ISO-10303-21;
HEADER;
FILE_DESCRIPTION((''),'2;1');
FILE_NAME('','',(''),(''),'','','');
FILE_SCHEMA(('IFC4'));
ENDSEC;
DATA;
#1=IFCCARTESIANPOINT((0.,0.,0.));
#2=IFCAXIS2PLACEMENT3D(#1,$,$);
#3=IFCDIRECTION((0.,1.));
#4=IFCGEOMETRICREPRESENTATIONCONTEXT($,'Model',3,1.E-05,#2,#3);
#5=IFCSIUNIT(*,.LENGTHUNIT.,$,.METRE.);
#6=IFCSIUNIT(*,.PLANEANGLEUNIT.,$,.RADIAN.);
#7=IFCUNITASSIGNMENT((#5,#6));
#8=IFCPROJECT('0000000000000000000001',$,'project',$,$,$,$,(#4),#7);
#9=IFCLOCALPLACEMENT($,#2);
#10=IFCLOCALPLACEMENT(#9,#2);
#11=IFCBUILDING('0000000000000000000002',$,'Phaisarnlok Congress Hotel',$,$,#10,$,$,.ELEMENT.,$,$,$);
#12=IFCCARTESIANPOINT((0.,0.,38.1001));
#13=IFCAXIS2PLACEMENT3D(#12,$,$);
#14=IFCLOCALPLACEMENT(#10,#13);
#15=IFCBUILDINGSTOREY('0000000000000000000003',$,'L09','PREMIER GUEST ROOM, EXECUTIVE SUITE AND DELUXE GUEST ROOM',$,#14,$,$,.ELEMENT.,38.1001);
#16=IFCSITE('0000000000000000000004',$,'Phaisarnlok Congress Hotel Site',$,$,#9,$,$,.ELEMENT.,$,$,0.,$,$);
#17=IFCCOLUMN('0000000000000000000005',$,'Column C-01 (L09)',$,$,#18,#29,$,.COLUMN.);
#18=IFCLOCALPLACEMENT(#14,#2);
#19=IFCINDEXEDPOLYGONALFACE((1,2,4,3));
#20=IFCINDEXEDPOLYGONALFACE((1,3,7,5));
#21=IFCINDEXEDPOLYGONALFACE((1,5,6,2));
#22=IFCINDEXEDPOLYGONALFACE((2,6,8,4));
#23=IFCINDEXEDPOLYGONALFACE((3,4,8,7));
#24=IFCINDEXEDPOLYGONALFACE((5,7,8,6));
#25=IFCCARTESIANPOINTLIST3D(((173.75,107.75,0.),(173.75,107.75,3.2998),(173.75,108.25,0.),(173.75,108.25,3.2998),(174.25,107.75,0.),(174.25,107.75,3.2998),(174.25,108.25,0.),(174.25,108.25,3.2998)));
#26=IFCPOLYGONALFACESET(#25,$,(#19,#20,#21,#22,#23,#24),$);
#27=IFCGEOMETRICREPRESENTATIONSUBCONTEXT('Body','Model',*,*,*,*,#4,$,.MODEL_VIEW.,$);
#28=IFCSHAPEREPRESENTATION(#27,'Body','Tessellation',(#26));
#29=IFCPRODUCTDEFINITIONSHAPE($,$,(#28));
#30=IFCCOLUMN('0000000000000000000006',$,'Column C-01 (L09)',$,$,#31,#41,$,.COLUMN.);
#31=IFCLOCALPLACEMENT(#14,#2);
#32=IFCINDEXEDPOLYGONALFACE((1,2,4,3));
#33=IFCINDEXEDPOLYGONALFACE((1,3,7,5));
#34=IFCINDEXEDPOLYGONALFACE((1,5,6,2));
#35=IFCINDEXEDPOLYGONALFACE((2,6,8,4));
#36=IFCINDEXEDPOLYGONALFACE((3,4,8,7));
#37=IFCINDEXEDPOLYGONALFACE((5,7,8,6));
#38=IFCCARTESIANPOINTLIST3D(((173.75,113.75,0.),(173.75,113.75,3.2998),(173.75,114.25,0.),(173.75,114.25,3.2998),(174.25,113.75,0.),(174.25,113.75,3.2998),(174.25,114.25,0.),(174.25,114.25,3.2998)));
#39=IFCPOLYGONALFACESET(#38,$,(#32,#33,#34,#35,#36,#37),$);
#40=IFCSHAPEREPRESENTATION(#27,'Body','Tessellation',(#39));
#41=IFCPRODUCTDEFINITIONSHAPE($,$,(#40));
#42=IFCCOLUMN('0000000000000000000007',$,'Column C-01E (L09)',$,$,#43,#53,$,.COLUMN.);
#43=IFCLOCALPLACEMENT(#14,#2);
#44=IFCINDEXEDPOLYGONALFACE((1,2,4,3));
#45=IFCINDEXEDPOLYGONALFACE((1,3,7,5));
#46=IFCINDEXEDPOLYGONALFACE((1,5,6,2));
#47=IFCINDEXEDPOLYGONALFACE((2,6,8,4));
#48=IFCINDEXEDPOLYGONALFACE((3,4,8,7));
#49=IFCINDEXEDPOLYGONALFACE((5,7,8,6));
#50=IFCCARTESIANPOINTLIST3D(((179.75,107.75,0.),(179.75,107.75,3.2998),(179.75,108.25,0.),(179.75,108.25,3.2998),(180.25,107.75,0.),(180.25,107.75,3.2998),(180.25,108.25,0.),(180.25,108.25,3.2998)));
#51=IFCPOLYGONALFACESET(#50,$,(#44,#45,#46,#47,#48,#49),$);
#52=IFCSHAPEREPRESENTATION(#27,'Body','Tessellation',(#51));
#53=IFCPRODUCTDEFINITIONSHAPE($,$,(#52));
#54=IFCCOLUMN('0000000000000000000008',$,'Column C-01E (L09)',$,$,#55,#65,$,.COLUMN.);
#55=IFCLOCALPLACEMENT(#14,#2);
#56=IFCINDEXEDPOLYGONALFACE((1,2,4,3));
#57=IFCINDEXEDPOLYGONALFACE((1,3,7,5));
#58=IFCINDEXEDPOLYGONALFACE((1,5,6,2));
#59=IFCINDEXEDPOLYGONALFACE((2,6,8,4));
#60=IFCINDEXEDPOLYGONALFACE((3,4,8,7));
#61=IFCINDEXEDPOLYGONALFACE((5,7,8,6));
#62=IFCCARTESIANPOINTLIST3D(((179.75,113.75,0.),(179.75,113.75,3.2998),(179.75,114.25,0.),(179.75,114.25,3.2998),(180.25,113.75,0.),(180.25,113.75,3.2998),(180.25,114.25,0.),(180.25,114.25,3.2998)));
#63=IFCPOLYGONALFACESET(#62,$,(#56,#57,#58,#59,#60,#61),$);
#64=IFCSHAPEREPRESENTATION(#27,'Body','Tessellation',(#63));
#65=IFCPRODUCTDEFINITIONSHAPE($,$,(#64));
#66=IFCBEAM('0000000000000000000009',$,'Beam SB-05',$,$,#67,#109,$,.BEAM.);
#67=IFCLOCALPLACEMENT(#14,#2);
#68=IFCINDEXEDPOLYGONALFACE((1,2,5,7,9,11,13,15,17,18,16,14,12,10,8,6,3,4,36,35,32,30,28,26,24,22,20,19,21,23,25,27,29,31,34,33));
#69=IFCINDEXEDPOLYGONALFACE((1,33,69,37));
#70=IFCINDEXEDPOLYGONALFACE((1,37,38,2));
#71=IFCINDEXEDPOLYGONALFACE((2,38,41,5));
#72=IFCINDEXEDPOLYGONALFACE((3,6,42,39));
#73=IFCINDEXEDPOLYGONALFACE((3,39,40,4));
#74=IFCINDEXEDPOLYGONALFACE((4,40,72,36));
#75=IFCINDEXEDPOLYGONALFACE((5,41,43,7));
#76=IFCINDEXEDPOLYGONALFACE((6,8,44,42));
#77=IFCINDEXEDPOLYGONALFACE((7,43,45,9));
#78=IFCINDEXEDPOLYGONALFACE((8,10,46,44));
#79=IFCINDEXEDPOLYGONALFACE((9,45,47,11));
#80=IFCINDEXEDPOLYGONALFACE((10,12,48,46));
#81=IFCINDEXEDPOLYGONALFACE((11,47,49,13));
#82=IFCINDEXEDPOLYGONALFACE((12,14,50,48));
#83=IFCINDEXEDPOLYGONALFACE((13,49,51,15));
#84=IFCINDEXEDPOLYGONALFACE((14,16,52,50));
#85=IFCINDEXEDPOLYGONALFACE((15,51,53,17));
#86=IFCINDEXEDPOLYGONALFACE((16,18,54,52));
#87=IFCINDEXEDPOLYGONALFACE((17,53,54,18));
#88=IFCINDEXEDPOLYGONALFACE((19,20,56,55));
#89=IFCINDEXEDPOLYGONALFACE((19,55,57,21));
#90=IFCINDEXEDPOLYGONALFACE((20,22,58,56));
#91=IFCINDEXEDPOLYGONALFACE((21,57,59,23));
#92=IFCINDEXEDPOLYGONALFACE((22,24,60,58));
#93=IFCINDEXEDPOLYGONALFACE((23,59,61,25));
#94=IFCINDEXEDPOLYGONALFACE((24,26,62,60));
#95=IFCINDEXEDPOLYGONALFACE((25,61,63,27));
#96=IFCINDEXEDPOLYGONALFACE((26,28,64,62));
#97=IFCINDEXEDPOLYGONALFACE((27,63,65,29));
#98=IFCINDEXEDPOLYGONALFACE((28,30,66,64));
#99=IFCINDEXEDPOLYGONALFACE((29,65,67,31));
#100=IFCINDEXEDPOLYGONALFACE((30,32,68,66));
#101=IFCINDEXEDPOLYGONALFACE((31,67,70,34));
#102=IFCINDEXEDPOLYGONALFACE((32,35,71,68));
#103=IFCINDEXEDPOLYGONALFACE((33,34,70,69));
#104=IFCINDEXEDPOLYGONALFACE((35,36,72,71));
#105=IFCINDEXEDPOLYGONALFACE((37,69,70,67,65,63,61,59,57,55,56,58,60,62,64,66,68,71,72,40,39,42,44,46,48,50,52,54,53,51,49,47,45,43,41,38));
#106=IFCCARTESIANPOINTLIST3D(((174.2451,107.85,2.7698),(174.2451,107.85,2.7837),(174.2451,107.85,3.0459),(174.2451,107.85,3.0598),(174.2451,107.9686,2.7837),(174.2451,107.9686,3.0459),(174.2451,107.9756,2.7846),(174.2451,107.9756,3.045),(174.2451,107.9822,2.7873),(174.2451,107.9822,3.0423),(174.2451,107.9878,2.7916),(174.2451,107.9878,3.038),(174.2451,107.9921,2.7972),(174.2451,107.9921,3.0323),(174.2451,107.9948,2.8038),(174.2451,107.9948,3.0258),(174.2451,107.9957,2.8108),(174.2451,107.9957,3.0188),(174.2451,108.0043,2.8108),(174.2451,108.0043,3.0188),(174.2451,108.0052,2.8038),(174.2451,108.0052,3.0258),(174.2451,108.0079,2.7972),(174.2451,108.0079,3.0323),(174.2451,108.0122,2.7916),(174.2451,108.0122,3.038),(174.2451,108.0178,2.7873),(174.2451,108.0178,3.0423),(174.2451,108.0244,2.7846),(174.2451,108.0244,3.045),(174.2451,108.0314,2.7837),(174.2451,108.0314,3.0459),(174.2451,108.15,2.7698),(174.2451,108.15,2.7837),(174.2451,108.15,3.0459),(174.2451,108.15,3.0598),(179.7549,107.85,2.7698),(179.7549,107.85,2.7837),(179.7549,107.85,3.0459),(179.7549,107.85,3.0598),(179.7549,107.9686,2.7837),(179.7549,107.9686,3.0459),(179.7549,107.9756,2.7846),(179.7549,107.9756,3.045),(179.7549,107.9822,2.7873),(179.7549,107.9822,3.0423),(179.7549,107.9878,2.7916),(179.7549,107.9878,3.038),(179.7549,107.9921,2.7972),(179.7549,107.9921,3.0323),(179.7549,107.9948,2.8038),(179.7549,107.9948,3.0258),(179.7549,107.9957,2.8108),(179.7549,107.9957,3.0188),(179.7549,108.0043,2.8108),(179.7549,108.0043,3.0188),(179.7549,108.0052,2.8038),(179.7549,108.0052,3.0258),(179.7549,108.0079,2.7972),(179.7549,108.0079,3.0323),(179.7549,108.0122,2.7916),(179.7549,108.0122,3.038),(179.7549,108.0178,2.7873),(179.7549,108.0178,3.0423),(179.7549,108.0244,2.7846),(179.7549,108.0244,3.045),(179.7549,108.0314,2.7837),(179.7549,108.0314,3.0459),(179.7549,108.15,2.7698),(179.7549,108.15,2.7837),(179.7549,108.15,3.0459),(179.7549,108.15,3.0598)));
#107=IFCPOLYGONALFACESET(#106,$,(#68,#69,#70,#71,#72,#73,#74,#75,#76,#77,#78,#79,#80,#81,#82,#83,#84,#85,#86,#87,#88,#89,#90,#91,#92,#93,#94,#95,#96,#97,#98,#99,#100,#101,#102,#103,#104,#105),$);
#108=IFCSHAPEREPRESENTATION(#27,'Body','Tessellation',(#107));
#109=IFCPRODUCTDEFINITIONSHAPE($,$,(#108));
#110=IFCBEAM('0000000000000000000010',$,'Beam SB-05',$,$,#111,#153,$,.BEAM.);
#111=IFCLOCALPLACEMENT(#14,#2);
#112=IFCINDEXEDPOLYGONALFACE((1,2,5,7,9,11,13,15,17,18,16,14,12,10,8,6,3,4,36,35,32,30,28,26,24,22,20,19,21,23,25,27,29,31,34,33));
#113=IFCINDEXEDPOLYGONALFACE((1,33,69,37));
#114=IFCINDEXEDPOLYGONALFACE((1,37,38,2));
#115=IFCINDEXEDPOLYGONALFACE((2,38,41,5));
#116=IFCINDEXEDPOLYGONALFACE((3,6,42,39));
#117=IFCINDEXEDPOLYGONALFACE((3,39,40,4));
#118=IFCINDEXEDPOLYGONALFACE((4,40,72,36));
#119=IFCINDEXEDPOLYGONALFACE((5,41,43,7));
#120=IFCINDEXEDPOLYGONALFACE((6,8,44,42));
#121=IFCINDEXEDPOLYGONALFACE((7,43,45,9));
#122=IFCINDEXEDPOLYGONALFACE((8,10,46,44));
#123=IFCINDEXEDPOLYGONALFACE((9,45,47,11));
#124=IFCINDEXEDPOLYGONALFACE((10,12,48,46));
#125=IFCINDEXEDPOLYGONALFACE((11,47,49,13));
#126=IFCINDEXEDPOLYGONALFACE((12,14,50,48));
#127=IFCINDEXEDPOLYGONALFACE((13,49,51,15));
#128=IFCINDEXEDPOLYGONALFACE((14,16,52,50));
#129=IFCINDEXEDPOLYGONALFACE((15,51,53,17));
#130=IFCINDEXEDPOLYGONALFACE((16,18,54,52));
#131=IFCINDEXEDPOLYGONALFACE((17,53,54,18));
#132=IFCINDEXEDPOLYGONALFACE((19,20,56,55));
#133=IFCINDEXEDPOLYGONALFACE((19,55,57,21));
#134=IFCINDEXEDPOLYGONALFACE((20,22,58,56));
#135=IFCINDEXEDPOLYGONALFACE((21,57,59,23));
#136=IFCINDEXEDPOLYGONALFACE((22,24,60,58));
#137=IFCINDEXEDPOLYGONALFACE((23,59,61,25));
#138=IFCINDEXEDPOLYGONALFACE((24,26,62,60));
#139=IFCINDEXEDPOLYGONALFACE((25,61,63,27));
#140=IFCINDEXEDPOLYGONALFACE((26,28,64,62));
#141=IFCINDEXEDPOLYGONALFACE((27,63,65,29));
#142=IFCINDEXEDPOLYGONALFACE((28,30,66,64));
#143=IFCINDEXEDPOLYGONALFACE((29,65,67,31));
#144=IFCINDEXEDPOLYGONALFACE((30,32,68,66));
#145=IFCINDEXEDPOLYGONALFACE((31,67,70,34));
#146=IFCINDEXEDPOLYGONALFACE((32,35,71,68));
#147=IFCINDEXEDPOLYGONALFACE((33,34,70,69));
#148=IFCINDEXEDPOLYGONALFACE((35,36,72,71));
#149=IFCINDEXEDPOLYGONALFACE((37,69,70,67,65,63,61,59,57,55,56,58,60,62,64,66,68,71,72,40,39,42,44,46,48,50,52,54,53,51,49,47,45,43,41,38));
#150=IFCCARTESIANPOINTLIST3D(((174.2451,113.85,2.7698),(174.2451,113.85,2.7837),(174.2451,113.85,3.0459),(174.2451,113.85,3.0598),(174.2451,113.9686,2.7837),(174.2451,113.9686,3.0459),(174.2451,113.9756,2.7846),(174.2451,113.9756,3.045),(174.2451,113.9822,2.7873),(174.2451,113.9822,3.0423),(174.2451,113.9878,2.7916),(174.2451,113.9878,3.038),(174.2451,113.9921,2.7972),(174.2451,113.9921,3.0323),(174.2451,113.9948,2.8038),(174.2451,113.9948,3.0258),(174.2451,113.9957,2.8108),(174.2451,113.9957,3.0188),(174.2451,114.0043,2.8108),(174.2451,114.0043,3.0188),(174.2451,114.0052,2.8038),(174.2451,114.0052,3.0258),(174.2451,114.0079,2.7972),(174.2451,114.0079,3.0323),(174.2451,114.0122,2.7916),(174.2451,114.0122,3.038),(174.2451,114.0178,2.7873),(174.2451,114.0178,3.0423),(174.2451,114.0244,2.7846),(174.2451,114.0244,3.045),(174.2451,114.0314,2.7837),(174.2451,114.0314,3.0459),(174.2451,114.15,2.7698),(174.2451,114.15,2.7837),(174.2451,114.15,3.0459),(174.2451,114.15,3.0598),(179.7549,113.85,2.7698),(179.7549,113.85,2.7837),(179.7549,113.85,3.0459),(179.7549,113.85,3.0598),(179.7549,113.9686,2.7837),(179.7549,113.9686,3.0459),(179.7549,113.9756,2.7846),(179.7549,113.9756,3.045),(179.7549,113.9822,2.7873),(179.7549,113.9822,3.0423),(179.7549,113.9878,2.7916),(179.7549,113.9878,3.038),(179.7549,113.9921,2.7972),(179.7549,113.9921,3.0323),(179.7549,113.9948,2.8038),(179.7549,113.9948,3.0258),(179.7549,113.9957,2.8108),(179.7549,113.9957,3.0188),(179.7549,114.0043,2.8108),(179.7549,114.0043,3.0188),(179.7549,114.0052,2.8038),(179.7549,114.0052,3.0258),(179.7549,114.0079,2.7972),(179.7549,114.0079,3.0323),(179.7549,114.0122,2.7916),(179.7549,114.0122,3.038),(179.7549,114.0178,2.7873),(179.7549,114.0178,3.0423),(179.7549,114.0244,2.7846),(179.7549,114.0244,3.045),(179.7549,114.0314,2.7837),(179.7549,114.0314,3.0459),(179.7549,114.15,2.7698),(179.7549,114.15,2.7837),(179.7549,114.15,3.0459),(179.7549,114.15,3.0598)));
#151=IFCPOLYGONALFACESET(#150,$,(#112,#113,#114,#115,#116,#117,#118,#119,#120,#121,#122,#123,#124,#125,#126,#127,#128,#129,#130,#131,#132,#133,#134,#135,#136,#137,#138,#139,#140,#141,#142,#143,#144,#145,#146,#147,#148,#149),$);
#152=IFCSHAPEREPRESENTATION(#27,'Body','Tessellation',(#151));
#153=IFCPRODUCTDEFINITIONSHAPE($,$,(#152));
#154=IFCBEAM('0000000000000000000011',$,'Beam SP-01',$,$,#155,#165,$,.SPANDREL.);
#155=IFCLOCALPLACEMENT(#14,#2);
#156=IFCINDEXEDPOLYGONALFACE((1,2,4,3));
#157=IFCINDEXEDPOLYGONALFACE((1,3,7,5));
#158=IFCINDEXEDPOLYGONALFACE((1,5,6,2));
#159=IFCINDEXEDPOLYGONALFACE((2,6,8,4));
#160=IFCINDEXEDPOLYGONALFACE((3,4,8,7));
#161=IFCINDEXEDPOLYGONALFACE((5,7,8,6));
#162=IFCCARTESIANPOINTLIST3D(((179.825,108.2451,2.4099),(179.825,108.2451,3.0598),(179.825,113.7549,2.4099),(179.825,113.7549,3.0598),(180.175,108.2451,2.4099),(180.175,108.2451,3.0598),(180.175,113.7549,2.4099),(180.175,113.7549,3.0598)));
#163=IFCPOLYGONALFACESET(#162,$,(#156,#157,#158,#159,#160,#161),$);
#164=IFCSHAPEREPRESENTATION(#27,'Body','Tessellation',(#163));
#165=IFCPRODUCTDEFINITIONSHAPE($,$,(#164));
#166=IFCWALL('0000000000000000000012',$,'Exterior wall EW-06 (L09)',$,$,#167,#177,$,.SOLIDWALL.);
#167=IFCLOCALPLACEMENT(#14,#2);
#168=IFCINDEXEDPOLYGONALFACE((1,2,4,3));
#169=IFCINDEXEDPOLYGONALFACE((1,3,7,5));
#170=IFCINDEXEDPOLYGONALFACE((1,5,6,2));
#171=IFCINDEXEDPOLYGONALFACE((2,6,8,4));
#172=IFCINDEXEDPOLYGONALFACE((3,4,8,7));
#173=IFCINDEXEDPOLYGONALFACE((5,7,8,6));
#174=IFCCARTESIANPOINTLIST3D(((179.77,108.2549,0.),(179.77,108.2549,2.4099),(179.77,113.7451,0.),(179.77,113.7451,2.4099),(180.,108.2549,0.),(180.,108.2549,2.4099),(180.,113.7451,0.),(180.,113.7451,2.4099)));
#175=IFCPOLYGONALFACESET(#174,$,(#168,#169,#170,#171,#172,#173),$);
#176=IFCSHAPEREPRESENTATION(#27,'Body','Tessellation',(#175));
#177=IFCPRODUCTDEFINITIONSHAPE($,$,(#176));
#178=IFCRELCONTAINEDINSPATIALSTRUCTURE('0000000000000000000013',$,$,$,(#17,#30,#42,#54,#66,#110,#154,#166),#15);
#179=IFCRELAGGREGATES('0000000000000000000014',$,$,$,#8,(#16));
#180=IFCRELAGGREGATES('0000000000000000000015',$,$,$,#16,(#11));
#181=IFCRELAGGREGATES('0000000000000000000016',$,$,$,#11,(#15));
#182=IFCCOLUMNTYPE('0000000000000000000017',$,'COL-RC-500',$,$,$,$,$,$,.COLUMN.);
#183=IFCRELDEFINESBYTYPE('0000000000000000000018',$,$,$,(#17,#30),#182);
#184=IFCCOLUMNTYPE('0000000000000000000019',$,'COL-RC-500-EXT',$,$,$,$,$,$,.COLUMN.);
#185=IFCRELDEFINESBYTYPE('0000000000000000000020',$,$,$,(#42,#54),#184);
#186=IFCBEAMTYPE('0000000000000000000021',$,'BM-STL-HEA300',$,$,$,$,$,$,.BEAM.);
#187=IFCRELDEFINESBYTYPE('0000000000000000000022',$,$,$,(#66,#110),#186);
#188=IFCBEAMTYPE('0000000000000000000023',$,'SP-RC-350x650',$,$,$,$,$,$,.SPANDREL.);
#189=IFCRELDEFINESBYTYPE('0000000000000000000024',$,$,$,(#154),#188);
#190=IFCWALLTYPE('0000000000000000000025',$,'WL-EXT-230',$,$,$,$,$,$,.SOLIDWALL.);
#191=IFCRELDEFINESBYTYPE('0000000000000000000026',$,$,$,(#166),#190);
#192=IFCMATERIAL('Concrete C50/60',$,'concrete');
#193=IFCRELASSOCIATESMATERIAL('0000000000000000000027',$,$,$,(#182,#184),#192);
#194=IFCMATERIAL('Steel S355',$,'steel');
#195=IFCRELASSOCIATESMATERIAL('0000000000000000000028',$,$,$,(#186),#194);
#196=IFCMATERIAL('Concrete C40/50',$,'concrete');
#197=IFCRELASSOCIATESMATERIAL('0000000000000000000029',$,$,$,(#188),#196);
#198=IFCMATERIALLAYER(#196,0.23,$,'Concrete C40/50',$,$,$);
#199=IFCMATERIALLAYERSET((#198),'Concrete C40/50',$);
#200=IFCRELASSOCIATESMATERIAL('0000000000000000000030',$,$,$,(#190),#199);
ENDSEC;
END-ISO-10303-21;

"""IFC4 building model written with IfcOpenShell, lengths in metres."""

from ifc_helpers import new_model, si_unit, direction, frame, frame_2d, origin, origin_2d, place, context, subcontext, project, spatial, rectangle, i_section, extrude, material, layer, layer_set, material_profile, profile_set, type_object, element, save


model = new_model("IFC4")

# Units and contexts
model_context = context("Model", 3, precision=1e-05, world=origin(), true_north=direction((0.0, 1.0)))
body_context = subcontext(model_context, "Body", "Model", "MODEL_VIEW")
ifc_project = project(units=[si_unit("LENGTHUNIT", "METRE"), si_unit("PLANEANGLEUNIT", "RADIAN")], contexts=[model_context])

# Site, building, storey
site_placement = place(None, origin())
site = spatial("IfcSite", under=ifc_project, at=site_placement, Name="Phaisarnlok Congress Hotel Site", CompositionType="ELEMENT", RefElevation=0.0)
building_placement = place(site_placement, origin())
building = spatial("IfcBuilding", under=site, at=building_placement, Name="Phaisarnlok Congress Hotel", CompositionType="ELEMENT")
storey_placement = place(building_placement, frame((0.0, 0.0, 38.1001)))
storey = spatial("IfcBuildingStorey", under=building, at=storey_placement, Name="L09", Description="PREMIER GUEST ROOM, EXECUTIVE SUITE AND DELUXE GUEST ROOM", CompositionType="ELEMENT", Elevation=38.1001)

# Columns
ifc_material_1 = material(Name="Concrete C50/60", Category="concrete")
ifc_material_profile_1 = material_profile(ifc_material_1, rectangle(XDim=0.5, YDim=0.5, at=origin_2d()), Name="RC 500x500")
ifc_profile_set_1 = profile_set([ifc_material_profile_1], Name="Concrete C50/60")
column_type_1 = type_object("IfcColumnType", Name="COL-RC-500", PredefinedType="COLUMN", material=ifc_profile_set_1)
for number, where, z_axis, x_axis, name in (
    (1, (174.0, 108.0, 0.0), (0.0, 0.0, 1.0), (1.0, 0.0, 0.0), "Column C-01 (L09)"),
    (2, (174.0, 114.0, 0.0), (0.0, 0.0, 1.0), (1.0, 0.0, 0.0), "Column C-01 (L09)"),
):
    element("IfcColumn", number, at=place(storey_placement, frame(where, z_axis=z_axis, x_axis=x_axis)), inside=storey, type_object=column_type_1, Name=name, PredefinedType="COLUMN", context=body_context, shape_type="SweptSolid", body=[
        extrude(rectangle(XDim=0.5, YDim=0.5, at=origin_2d()), origin(), (0.0, 0.0, 1.0), 3.2998),
    ])
ifc_material_profile_2 = material_profile(ifc_material_1, rectangle(XDim=0.5, YDim=0.5, at=origin_2d()), Name="RC 500x500")
ifc_profile_set_2 = profile_set([ifc_material_profile_2], Name="Concrete C50/60")
column_type_2 = type_object("IfcColumnType", Name="COL-RC-500-EXT", PredefinedType="COLUMN", material=ifc_profile_set_2)
for number, where, z_axis, x_axis, name in (
    (3, (180.0, 108.0, 0.0), (0.0, 0.0, 1.0), (1.0, 0.0, 0.0), "Column C-01E (L09)"),
    (4, (180.0, 114.0, 0.0), (0.0, 0.0, 1.0), (1.0, 0.0, 0.0), "Column C-01E (L09)"),
):
    element("IfcColumn", number, at=place(storey_placement, frame(where, z_axis=z_axis, x_axis=x_axis)), inside=storey, type_object=column_type_2, Name=name, PredefinedType="COLUMN", context=body_context, shape_type="SweptSolid", body=[
        extrude(rectangle(XDim=0.5, YDim=0.5, at=origin_2d()), origin(), (0.0, 0.0, 1.0), 3.2998),
    ])

# Beams
ifc_material_2 = material(Name="Steel S355", Category="steel")
ifc_material_profile_3 = material_profile(ifc_material_2, i_section(OverallWidth=0.3, OverallDepth=0.29, WebThickness=0.0085, FlangeThickness=0.0139, FilletRadius=0.0271, at=origin_2d()), Name="HEA 300")
ifc_profile_set_3 = profile_set([ifc_material_profile_3], Name="Steel S355")
beam_type_1 = type_object("IfcBeamType", Name="BM-STL-HEA300", PredefinedType="BEAM", material=ifc_profile_set_3)
for number, where, z_axis, x_axis, name in (
    (5, (174.2451, 108.0, 2.9148), (1.0, 0.0, 0.0), (0.0, 1.0, 0.0), "Beam SB-05"),
    (6, (174.2451, 114.0, 2.9148), (1.0, 0.0, 0.0), (0.0, 1.0, 0.0), "Beam SB-05"),
):
    element("IfcBeam", number, at=place(storey_placement, frame(where, z_axis=z_axis, x_axis=x_axis)), inside=storey, type_object=beam_type_1, Name=name, PredefinedType="BEAM", context=body_context, shape_type="SweptSolid", body=[
        extrude(i_section(OverallWidth=0.3, OverallDepth=0.29, WebThickness=0.0085, FlangeThickness=0.0139, FilletRadius=0.0271, at=origin_2d()), origin(), (0.0, 0.0, 1.0), 5.5098),
    ])
ifc_material_3 = material(Name="Concrete C40/50", Category="concrete")
ifc_material_profile_4 = material_profile(ifc_material_3, rectangle(XDim=0.3501, YDim=0.6499, at=origin_2d()), Name="RC 350x650")
ifc_profile_set_4 = profile_set([ifc_material_profile_4], Name="Concrete C40/50")
beam_type_2 = type_object("IfcBeamType", Name="SP-RC-350x650", PredefinedType="SPANDREL", material=ifc_profile_set_4)
beam_placement = place(storey_placement, frame((180.0, 108.2451, 2.7349), z_axis=(0.0, 1.0, 0.0), x_axis=(-1.0, 0.0, 0.0)))
element("IfcBeam", 7, at=beam_placement, inside=storey, type_object=beam_type_2, Name="Beam SP-01", PredefinedType="SPANDREL", context=body_context, shape_type="SweptSolid", body=[
    extrude(rectangle(XDim=0.3501, YDim=0.6499, at=origin_2d()), origin(), (0.0, 0.0, 1.0), 5.5098),
])

# Wall
ifc_layer_1 = layer(ifc_material_3, 0.23, Name="Concrete C40/50")
ifc_layer_set_1 = layer_set([ifc_layer_1], Name="Concrete C40/50")
wall_type_1 = type_object("IfcWallType", Name="WL-EXT-230", PredefinedType="SOLIDWALL", material=ifc_layer_set_1)
wall_1_placement = place(storey_placement, frame((179.885, 108.2549, 0.0), z_axis=(0.0, 0.0, 1.0), x_axis=(0.0, 1.0, 0.0)))
element("IfcWall", 8, at=wall_1_placement, inside=storey, type_object=wall_type_1, Name="Exterior wall EW-06 (L09)", PredefinedType="SOLIDWALL", context=body_context, shape_type="SweptSolid", body=[
    extrude(rectangle(XDim=5.4902, YDim=0.23, at=frame_2d((2.7451, 0.0))), origin(), (0.0, 0.0, 1.0), 2.4099),
])

save(model, "model.ifc")
